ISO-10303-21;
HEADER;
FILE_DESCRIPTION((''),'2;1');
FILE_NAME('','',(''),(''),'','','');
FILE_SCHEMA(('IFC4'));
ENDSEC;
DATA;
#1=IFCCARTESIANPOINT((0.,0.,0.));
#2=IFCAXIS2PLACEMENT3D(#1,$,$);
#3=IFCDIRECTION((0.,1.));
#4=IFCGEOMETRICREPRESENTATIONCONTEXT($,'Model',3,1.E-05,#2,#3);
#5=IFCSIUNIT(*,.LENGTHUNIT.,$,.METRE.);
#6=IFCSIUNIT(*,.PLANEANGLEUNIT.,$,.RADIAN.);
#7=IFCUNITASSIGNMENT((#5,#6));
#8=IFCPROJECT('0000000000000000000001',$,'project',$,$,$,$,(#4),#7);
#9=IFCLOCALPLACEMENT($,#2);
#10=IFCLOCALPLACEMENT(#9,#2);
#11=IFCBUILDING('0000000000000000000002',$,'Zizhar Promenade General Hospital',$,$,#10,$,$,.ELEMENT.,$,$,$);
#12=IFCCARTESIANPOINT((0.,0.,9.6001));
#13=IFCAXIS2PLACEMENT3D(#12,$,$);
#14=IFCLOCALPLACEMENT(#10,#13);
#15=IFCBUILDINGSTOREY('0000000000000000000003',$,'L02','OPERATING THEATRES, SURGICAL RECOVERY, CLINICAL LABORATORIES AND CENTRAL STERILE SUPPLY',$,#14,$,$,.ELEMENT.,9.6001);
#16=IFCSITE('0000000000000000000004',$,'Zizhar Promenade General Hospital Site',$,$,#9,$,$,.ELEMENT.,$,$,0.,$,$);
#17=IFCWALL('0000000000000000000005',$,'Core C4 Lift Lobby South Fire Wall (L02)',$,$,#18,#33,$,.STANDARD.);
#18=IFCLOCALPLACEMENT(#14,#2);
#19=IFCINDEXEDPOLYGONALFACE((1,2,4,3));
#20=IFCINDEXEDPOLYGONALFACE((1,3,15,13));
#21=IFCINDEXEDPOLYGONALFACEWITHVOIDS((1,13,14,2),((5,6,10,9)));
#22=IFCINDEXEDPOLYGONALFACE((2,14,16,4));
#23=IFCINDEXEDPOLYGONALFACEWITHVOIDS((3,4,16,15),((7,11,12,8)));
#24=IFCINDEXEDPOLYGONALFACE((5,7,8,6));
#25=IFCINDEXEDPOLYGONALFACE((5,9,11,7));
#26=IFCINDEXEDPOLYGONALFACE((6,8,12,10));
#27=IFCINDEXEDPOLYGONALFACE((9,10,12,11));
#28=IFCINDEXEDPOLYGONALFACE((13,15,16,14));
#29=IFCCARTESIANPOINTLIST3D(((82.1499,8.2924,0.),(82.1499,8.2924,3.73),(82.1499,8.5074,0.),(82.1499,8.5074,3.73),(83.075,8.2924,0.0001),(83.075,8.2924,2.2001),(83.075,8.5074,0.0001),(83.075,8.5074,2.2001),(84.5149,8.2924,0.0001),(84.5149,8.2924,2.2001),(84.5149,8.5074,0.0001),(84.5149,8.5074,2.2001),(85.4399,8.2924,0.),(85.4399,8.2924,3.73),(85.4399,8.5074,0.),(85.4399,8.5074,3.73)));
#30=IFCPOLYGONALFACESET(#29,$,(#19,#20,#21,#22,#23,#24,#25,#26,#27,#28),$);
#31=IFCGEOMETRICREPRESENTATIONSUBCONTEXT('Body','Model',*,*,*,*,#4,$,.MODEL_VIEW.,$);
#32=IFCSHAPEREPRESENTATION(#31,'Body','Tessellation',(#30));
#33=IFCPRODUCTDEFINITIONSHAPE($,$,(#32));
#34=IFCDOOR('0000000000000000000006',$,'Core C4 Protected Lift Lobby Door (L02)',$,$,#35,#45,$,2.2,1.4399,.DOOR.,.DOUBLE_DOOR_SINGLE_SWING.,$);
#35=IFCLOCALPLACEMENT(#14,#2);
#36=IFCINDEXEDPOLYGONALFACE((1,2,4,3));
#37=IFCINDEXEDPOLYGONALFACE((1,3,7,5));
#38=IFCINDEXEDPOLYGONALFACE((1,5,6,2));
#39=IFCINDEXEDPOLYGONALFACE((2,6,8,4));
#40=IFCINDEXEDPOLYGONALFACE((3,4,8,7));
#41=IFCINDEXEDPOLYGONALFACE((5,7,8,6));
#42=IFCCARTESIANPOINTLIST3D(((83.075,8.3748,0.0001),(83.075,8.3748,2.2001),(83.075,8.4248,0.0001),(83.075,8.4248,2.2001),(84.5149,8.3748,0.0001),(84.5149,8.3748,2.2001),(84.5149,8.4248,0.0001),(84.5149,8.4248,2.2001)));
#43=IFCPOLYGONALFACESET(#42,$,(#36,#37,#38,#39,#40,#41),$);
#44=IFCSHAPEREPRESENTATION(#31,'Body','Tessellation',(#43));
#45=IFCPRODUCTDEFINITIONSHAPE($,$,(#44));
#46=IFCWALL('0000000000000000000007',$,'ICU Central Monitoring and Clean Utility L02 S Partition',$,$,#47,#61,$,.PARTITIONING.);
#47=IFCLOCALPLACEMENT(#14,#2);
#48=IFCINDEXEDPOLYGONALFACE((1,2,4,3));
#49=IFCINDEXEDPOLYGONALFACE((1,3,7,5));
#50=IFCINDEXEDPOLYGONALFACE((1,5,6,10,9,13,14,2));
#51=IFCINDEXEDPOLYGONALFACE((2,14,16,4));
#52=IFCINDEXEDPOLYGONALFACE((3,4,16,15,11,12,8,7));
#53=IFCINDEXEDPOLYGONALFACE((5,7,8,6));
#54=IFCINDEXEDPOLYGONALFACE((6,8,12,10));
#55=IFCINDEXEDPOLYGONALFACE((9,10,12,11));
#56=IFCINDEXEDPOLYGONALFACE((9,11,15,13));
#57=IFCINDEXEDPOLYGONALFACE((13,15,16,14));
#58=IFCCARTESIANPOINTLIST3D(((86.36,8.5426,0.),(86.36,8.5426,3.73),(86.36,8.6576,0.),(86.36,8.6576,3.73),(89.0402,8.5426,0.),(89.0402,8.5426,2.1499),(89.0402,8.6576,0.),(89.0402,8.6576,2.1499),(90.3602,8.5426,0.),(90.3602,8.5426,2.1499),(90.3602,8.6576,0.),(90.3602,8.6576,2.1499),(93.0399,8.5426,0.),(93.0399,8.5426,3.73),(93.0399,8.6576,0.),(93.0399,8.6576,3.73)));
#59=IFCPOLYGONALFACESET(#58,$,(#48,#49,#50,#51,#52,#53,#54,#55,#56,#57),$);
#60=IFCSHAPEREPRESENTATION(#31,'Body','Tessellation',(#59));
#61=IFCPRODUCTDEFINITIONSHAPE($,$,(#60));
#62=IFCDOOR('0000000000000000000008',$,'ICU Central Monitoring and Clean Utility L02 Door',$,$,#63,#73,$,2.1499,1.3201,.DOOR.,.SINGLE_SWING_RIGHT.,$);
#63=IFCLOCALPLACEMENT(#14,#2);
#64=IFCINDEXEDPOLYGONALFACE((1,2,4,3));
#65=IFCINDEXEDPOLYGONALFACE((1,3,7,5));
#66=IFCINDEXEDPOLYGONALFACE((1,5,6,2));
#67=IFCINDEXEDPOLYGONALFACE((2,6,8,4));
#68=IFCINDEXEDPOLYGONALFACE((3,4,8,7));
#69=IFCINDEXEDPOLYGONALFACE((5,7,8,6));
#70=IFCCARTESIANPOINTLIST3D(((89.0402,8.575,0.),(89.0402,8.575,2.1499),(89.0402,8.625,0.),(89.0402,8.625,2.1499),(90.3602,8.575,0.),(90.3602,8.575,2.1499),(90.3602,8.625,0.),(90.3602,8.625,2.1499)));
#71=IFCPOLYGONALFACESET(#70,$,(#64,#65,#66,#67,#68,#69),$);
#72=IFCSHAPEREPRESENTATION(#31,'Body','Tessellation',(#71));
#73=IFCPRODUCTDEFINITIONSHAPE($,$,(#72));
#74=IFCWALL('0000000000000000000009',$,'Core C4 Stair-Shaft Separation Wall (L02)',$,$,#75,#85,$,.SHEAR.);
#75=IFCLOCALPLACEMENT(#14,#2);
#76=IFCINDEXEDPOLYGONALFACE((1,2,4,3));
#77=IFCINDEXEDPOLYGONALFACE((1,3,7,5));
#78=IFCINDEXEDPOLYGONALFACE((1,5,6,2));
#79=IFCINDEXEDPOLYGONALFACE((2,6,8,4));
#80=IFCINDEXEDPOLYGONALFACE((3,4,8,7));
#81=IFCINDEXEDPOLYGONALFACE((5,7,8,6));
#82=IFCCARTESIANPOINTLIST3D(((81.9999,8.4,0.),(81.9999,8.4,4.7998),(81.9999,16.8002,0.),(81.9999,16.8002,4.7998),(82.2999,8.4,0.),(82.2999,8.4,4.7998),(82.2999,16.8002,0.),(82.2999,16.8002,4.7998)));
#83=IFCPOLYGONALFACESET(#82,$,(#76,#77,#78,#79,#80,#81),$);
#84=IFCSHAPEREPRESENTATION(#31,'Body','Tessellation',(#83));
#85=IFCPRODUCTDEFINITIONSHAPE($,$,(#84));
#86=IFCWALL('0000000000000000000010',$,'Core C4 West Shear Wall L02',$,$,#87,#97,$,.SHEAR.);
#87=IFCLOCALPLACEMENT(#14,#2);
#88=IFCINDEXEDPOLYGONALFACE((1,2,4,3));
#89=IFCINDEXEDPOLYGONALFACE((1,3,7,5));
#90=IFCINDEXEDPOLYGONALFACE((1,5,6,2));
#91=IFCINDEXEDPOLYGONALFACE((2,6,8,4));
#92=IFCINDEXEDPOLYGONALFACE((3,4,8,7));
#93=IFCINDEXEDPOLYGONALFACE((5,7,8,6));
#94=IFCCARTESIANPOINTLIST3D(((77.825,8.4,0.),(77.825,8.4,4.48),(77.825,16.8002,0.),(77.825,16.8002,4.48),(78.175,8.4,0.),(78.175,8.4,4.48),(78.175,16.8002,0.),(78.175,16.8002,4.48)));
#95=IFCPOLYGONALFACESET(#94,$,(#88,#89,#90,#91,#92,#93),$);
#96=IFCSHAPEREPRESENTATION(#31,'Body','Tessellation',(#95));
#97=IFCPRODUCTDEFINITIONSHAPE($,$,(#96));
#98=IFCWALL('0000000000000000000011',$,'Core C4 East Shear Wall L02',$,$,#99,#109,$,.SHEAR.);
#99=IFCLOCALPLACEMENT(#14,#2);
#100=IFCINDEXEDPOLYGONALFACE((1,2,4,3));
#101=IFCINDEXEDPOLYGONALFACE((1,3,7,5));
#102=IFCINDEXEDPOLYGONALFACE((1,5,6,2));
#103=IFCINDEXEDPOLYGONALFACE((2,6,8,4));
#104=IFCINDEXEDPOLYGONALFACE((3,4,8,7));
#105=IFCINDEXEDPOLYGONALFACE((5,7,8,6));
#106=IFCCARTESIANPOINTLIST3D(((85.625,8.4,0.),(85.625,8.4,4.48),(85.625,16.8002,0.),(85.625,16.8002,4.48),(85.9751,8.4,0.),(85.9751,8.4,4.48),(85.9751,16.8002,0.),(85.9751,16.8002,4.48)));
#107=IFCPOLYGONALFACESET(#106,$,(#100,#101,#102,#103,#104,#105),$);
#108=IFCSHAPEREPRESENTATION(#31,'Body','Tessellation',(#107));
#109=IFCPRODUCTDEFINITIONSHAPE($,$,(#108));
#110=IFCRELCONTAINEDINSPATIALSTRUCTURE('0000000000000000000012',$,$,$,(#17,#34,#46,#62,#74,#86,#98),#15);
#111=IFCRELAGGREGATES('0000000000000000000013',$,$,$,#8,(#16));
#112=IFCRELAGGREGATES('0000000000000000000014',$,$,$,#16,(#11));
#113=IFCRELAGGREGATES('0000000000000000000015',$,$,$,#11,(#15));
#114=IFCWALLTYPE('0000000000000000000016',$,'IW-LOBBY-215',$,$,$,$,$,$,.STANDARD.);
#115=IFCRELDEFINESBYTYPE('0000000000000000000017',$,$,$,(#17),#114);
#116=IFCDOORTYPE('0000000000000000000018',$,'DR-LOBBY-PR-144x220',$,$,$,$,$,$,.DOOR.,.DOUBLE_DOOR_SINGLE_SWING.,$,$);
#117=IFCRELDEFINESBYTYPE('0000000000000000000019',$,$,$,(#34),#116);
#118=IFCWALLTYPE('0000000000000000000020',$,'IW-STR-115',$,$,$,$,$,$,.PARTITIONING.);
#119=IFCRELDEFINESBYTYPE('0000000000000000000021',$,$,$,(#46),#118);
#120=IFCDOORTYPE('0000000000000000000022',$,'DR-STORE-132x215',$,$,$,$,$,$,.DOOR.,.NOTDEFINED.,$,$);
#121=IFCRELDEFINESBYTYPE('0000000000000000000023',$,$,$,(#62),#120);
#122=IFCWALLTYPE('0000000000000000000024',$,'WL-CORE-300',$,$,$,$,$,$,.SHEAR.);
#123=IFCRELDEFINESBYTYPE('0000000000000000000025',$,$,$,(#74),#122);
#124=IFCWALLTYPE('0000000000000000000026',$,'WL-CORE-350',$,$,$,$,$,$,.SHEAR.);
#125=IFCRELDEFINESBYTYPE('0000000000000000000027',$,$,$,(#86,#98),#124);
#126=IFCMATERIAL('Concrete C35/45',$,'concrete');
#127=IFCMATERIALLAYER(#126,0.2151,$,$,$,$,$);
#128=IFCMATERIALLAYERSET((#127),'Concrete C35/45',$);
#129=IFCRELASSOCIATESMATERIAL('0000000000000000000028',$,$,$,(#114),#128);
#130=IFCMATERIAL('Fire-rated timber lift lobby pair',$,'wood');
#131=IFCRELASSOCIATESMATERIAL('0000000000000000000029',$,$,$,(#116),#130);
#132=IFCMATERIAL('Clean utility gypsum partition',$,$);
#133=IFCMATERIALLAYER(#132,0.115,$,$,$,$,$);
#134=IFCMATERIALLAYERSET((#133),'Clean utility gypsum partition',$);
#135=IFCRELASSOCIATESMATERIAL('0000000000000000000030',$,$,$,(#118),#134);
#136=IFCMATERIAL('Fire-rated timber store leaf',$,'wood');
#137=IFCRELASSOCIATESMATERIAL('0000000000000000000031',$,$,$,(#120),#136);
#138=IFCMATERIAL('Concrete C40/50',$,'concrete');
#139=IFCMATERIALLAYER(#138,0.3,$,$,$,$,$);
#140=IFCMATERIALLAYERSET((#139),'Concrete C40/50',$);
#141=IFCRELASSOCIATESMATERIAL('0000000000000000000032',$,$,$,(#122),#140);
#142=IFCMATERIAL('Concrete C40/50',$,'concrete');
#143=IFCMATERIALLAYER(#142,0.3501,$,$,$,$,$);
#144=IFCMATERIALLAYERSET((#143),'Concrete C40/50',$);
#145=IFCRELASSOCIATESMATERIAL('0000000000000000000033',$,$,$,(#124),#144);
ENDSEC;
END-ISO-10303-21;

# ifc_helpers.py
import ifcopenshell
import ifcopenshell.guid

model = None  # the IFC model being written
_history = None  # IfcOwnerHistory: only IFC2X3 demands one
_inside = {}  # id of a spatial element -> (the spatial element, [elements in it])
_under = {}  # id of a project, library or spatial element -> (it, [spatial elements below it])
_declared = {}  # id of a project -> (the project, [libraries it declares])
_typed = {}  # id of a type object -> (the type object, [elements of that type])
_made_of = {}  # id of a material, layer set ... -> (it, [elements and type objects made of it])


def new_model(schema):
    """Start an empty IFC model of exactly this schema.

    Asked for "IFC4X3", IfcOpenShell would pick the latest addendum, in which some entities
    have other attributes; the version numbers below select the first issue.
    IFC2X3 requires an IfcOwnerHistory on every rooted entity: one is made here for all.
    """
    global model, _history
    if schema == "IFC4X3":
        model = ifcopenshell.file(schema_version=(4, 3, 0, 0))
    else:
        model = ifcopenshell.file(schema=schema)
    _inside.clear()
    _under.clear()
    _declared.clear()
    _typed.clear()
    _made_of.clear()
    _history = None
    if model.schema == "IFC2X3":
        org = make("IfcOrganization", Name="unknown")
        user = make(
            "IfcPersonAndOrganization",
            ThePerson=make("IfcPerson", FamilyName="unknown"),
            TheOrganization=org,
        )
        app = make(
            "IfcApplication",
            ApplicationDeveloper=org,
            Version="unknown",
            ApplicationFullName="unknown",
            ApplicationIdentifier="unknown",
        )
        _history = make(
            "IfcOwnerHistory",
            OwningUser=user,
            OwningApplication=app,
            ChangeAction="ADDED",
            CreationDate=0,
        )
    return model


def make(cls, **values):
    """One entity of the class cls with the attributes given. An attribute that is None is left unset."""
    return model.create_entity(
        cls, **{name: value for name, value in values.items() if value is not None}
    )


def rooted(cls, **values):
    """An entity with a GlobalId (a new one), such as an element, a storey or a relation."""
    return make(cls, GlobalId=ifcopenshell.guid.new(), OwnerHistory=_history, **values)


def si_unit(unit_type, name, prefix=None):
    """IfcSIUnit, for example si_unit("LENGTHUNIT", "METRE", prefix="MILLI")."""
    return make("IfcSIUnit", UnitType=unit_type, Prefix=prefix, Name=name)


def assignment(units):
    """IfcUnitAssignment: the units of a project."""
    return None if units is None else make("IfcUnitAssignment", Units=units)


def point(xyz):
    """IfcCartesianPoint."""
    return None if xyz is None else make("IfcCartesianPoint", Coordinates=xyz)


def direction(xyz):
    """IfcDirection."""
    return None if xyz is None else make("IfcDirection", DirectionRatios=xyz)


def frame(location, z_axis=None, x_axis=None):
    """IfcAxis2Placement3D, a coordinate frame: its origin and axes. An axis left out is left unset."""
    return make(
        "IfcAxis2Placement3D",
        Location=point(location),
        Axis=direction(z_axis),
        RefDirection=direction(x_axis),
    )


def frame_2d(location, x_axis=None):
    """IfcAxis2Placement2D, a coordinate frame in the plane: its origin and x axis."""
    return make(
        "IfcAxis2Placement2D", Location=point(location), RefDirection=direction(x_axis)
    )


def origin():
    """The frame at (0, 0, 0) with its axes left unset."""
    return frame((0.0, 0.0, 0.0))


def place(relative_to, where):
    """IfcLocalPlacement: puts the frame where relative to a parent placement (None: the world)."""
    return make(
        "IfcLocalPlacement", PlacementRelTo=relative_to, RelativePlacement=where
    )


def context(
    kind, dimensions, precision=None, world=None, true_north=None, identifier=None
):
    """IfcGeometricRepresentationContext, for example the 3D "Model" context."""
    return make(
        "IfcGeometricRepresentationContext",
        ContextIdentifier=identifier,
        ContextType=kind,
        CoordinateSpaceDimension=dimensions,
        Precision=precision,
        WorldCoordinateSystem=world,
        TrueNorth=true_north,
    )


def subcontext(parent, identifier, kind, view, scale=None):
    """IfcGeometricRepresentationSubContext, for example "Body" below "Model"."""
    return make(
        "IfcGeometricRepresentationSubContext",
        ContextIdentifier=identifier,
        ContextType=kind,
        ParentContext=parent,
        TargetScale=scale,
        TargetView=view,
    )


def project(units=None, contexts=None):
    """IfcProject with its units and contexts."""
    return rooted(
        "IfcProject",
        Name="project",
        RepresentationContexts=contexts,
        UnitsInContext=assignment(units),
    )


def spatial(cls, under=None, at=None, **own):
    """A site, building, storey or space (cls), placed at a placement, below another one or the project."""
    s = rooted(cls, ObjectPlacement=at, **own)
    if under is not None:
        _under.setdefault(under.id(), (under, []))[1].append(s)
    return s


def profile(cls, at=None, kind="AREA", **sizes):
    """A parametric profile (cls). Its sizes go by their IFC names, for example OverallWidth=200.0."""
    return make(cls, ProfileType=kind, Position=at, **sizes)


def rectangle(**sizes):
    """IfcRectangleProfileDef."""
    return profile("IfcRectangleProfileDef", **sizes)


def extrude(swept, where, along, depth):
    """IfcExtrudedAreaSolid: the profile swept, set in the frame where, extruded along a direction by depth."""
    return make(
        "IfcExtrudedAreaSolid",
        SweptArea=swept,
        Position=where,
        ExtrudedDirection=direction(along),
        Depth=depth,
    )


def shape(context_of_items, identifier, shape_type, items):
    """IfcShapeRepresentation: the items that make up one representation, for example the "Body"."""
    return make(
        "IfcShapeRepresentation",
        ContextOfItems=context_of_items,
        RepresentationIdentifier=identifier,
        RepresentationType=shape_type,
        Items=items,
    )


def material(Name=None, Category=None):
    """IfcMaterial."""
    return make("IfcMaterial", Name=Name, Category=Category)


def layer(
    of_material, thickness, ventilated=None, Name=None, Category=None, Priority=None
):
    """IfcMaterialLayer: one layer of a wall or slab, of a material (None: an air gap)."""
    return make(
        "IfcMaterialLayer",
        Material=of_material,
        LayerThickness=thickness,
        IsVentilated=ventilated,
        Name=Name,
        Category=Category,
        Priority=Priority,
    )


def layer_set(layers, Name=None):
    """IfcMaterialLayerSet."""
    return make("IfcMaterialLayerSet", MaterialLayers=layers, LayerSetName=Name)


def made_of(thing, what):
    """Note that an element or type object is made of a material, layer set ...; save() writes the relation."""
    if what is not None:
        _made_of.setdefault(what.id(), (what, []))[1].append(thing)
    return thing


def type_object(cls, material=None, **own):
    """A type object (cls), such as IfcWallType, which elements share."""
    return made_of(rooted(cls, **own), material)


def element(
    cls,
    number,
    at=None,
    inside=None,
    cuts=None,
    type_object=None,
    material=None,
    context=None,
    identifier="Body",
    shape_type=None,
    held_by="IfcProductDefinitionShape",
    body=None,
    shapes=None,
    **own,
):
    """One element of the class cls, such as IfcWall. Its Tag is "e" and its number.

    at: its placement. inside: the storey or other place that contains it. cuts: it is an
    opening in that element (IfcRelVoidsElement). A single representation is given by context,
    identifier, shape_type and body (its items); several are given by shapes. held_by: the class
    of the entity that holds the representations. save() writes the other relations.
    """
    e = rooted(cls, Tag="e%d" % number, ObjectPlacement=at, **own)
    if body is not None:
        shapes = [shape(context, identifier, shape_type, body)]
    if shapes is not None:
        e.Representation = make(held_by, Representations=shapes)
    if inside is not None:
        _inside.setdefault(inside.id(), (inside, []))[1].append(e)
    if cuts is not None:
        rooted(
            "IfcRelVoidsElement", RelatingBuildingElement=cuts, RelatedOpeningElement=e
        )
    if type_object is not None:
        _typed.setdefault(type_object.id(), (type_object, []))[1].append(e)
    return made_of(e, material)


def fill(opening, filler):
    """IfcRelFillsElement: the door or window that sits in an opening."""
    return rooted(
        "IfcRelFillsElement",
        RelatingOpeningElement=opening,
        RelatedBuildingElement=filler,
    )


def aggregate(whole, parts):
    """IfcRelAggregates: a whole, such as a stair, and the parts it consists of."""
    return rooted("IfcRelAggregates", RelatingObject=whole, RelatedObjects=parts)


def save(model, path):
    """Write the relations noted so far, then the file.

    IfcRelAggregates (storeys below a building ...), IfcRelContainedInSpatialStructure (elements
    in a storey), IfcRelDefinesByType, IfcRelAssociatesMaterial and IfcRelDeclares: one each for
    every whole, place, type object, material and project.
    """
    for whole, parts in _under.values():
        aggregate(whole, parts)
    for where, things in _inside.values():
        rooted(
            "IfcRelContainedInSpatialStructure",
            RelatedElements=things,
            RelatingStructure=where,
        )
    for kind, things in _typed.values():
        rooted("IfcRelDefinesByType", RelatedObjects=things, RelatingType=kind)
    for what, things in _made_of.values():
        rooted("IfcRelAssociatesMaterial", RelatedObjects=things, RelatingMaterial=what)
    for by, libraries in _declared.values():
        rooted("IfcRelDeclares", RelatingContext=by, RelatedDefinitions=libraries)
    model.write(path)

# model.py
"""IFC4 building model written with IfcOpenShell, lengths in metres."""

from ifc_helpers import new_model, si_unit, direction, frame, frame_2d, origin, place, context, subcontext, project, spatial, rectangle, extrude, material, layer, layer_set, type_object, element, fill, save


model = new_model("IFC4")

# Units and contexts
model_context = context("Model", 3, precision=1e-05, world=origin(), true_north=direction((0.0, 1.0)))
body_context = subcontext(model_context, "Body", "Model", "MODEL_VIEW")
ifc_project = project(units=[si_unit("LENGTHUNIT", "METRE"), si_unit("PLANEANGLEUNIT", "RADIAN")], contexts=[model_context])

# Site, building, storey
site_placement = place(None, origin())
site = spatial("IfcSite", under=ifc_project, at=site_placement, Name="Zizhar Promenade General Hospital Site", CompositionType="ELEMENT", RefElevation=0.0)
building_placement = place(site_placement, origin())
building = spatial("IfcBuilding", under=site, at=building_placement, Name="Zizhar Promenade General Hospital", CompositionType="ELEMENT")
storey_placement = place(building_placement, frame((0.0, 0.0, 9.6001)))
storey = spatial("IfcBuildingStorey", under=building, at=storey_placement, Name="L02", Description="OPERATING THEATRES, SURGICAL RECOVERY, CLINICAL LABORATORIES AND CENTRAL STERILE SUPPLY", CompositionType="ELEMENT", Elevation=9.6001)

# Walls, openings, doors
ifc_material_1 = material(Name="Concrete C35/45", Category="concrete")
ifc_layer_1 = layer(ifc_material_1, 0.2151)
ifc_layer_set_1 = layer_set([ifc_layer_1], Name="Concrete C35/45")
wall_type_1 = type_object("IfcWallType", Name="IW-LOBBY-215", PredefinedType="STANDARD", material=ifc_layer_set_1)
wall_1_placement = place(storey_placement, frame((82.1499, 8.3999, 0.0), z_axis=(0.0, 0.0, 1.0), x_axis=(1.0, 0.0, 0.0)))
wall_1 = element("IfcWall", 1, at=wall_1_placement, inside=storey, type_object=wall_type_1, Name="Core C4 Lift Lobby South Fire Wall (L02)", PredefinedType="STANDARD", context=body_context, shape_type="SweptSolid", body=[
    extrude(rectangle(XDim=3.29, YDim=0.2151, at=frame_2d((1.645, 0.0))), origin(), (0.0, 0.0, 1.0), 3.73),
])
opening_1_placement = place(wall_1_placement, frame((0.925, 0.0, 0.0)))
opening_1 = element("IfcOpeningElement", 2, at=opening_1_placement, cuts=wall_1, PredefinedType="OPENING", context=body_context, shape_type="SweptSolid", body=[
    extrude(rectangle(XDim=1.4399, YDim=2.2, at=frame_2d((0.72, 1.1001))), frame((0.0, 0.1177, 0.0), z_axis=(0.0, -1.0, 0.0), x_axis=(1.0, 0.0, 0.0)), (0.0, 0.0, 1.0), 0.2351),
])
ifc_material_2 = material(Name="Fire-rated timber lift lobby pair", Category="wood")
door_type_1 = type_object("IfcDoorType", Name="DR-LOBBY-PR-144x220", OperationType="DOUBLE_DOOR_SINGLE_SWING", PredefinedType="DOOR", material=ifc_material_2)
door_1_placement = place(opening_1_placement, origin())
door_1 = element("IfcDoor", 3, at=door_1_placement, inside=storey, type_object=door_type_1, Name="Core C4 Protected Lift Lobby Door (L02)", OperationType="DOUBLE_DOOR_SINGLE_SWING", OverallHeight=2.2, OverallWidth=1.4399, PredefinedType="DOOR", context=body_context, shape_type="SweptSolid", body=[
    extrude(rectangle(XDim=1.4399, YDim=2.2, at=frame_2d((0.72, 1.1001))), frame((0.0, 0.0249, 0.0), z_axis=(0.0, -1.0, 0.0), x_axis=(1.0, 0.0, 0.0)), (0.0, 0.0, 1.0), 0.05),
])
fill(opening_1, door_1)
ifc_material_3 = material(Name="Clean utility gypsum partition")
ifc_layer_2 = layer(ifc_material_3, 0.115)
ifc_layer_set_2 = layer_set([ifc_layer_2], Name="Clean utility gypsum partition")
wall_type_2 = type_object("IfcWallType", Name="IW-STR-115", PredefinedType="PARTITIONING", material=ifc_layer_set_2)
wall_2_placement = place(storey_placement, frame((86.3601, 8.6001, 0.0), z_axis=(0.0, 0.0, 1.0), x_axis=(1.0, 0.0, 0.0)))
wall_2 = element("IfcWall", 4, at=wall_2_placement, inside=storey, type_object=wall_type_2, Name="ICU Central Monitoring and Clean Utility L02 S Partition", PredefinedType="PARTITIONING", context=body_context, shape_type="SweptSolid", body=[
    extrude(rectangle(XDim=6.6799, YDim=0.115, at=frame_2d((3.3398, 0.0))), origin(), (0.0, 0.0, 1.0), 3.73),
])
opening_2_placement = place(wall_2_placement, frame((2.6799, 0.0, 0.0)))
opening_2 = element("IfcOpeningElement", 5, at=opening_2_placement, cuts=wall_2, PredefinedType="OPENING", context=body_context, shape_type="SweptSolid", body=[
    extrude(rectangle(XDim=1.3201, YDim=2.1499, at=frame_2d((0.6602, 1.075))), frame((0.0, 0.0674, 0.0), z_axis=(0.0, -1.0, 0.0), x_axis=(1.0, 0.0, 0.0)), (0.0, 0.0, 1.0), 0.135),
])
ifc_material_4 = material(Name="Fire-rated timber store leaf", Category="wood")
door_type_2 = type_object("IfcDoorType", Name="DR-STORE-132x215", OperationType="NOTDEFINED", PredefinedType="DOOR", material=ifc_material_4)
door_2_placement = place(opening_2_placement, origin())
door_2 = element("IfcDoor", 6, at=door_2_placement, inside=storey, type_object=door_type_2, Name="ICU Central Monitoring and Clean Utility L02 Door", OperationType="SINGLE_SWING_RIGHT", OverallHeight=2.1499, OverallWidth=1.3201, PredefinedType="DOOR", context=body_context, shape_type="SweptSolid", body=[
    extrude(rectangle(XDim=1.3201, YDim=2.1499, at=frame_2d((0.6602, 1.075))), frame((0.0, 0.0249, 0.0), z_axis=(0.0, -1.0, 0.0), x_axis=(1.0, 0.0, 0.0)), (0.0, 0.0, 1.0), 0.05),
])
fill(opening_2, door_2)
ifc_material_5 = material(Name="Concrete C40/50", Category="concrete")
ifc_layer_3 = layer(ifc_material_5, 0.3)
ifc_layer_set_3 = layer_set([ifc_layer_3], Name="Concrete C40/50")
wall_type_3 = type_object("IfcWallType", Name="WL-CORE-300", PredefinedType="SHEAR", material=ifc_layer_set_3)

# Walls
wall_3_placement = place(storey_placement, frame((82.1499, 8.3999, 0.0), z_axis=(0.0, 0.0, 1.0), x_axis=(0.0, 1.0, 0.0)))
element("IfcWall", 7, at=wall_3_placement, inside=storey, type_object=wall_type_3, Name="Core C4 Stair-Shaft Separation Wall (L02)", PredefinedType="SHEAR", context=body_context, shape_type="SweptSolid", body=[
    extrude(rectangle(XDim=8.4001, YDim=0.3, at=frame_2d((4.2002, 0.0))), origin(), (0.0, 0.0, 1.0), 4.7998),
])
ifc_material_6 = material(Name="Concrete C40/50", Category="concrete")
ifc_layer_4 = layer(ifc_material_6, 0.3501)
ifc_layer_set_4 = layer_set([ifc_layer_4], Name="Concrete C40/50")
wall_type_4 = type_object("IfcWallType", Name="WL-CORE-350", PredefinedType="SHEAR", material=ifc_layer_set_4)
for number, where, z_axis, x_axis, name in (
    (8, (78.0, 8.3999, 0.0), (0.0, 0.0, 1.0), (0.0, 1.0, 0.0), "Core C4 West Shear Wall L02"),
    (9, (85.8, 8.3999, 0.0), (0.0, 0.0, 1.0), (0.0, 1.0, 0.0), "Core C4 East Shear Wall L02"),
):
    element("IfcWall", number, at=place(storey_placement, frame(where, z_axis=z_axis, x_axis=x_axis)), inside=storey, type_object=wall_type_4, Name=name, PredefinedType="SHEAR", context=body_context, shape_type="SweptSolid", body=[
        extrude(rectangle(XDim=8.4001, YDim=0.3501, at=frame_2d((4.2002, 0.0))), origin(), (0.0, 0.0, 1.0), 4.48),
    ])

save(model, "model.ifc")
